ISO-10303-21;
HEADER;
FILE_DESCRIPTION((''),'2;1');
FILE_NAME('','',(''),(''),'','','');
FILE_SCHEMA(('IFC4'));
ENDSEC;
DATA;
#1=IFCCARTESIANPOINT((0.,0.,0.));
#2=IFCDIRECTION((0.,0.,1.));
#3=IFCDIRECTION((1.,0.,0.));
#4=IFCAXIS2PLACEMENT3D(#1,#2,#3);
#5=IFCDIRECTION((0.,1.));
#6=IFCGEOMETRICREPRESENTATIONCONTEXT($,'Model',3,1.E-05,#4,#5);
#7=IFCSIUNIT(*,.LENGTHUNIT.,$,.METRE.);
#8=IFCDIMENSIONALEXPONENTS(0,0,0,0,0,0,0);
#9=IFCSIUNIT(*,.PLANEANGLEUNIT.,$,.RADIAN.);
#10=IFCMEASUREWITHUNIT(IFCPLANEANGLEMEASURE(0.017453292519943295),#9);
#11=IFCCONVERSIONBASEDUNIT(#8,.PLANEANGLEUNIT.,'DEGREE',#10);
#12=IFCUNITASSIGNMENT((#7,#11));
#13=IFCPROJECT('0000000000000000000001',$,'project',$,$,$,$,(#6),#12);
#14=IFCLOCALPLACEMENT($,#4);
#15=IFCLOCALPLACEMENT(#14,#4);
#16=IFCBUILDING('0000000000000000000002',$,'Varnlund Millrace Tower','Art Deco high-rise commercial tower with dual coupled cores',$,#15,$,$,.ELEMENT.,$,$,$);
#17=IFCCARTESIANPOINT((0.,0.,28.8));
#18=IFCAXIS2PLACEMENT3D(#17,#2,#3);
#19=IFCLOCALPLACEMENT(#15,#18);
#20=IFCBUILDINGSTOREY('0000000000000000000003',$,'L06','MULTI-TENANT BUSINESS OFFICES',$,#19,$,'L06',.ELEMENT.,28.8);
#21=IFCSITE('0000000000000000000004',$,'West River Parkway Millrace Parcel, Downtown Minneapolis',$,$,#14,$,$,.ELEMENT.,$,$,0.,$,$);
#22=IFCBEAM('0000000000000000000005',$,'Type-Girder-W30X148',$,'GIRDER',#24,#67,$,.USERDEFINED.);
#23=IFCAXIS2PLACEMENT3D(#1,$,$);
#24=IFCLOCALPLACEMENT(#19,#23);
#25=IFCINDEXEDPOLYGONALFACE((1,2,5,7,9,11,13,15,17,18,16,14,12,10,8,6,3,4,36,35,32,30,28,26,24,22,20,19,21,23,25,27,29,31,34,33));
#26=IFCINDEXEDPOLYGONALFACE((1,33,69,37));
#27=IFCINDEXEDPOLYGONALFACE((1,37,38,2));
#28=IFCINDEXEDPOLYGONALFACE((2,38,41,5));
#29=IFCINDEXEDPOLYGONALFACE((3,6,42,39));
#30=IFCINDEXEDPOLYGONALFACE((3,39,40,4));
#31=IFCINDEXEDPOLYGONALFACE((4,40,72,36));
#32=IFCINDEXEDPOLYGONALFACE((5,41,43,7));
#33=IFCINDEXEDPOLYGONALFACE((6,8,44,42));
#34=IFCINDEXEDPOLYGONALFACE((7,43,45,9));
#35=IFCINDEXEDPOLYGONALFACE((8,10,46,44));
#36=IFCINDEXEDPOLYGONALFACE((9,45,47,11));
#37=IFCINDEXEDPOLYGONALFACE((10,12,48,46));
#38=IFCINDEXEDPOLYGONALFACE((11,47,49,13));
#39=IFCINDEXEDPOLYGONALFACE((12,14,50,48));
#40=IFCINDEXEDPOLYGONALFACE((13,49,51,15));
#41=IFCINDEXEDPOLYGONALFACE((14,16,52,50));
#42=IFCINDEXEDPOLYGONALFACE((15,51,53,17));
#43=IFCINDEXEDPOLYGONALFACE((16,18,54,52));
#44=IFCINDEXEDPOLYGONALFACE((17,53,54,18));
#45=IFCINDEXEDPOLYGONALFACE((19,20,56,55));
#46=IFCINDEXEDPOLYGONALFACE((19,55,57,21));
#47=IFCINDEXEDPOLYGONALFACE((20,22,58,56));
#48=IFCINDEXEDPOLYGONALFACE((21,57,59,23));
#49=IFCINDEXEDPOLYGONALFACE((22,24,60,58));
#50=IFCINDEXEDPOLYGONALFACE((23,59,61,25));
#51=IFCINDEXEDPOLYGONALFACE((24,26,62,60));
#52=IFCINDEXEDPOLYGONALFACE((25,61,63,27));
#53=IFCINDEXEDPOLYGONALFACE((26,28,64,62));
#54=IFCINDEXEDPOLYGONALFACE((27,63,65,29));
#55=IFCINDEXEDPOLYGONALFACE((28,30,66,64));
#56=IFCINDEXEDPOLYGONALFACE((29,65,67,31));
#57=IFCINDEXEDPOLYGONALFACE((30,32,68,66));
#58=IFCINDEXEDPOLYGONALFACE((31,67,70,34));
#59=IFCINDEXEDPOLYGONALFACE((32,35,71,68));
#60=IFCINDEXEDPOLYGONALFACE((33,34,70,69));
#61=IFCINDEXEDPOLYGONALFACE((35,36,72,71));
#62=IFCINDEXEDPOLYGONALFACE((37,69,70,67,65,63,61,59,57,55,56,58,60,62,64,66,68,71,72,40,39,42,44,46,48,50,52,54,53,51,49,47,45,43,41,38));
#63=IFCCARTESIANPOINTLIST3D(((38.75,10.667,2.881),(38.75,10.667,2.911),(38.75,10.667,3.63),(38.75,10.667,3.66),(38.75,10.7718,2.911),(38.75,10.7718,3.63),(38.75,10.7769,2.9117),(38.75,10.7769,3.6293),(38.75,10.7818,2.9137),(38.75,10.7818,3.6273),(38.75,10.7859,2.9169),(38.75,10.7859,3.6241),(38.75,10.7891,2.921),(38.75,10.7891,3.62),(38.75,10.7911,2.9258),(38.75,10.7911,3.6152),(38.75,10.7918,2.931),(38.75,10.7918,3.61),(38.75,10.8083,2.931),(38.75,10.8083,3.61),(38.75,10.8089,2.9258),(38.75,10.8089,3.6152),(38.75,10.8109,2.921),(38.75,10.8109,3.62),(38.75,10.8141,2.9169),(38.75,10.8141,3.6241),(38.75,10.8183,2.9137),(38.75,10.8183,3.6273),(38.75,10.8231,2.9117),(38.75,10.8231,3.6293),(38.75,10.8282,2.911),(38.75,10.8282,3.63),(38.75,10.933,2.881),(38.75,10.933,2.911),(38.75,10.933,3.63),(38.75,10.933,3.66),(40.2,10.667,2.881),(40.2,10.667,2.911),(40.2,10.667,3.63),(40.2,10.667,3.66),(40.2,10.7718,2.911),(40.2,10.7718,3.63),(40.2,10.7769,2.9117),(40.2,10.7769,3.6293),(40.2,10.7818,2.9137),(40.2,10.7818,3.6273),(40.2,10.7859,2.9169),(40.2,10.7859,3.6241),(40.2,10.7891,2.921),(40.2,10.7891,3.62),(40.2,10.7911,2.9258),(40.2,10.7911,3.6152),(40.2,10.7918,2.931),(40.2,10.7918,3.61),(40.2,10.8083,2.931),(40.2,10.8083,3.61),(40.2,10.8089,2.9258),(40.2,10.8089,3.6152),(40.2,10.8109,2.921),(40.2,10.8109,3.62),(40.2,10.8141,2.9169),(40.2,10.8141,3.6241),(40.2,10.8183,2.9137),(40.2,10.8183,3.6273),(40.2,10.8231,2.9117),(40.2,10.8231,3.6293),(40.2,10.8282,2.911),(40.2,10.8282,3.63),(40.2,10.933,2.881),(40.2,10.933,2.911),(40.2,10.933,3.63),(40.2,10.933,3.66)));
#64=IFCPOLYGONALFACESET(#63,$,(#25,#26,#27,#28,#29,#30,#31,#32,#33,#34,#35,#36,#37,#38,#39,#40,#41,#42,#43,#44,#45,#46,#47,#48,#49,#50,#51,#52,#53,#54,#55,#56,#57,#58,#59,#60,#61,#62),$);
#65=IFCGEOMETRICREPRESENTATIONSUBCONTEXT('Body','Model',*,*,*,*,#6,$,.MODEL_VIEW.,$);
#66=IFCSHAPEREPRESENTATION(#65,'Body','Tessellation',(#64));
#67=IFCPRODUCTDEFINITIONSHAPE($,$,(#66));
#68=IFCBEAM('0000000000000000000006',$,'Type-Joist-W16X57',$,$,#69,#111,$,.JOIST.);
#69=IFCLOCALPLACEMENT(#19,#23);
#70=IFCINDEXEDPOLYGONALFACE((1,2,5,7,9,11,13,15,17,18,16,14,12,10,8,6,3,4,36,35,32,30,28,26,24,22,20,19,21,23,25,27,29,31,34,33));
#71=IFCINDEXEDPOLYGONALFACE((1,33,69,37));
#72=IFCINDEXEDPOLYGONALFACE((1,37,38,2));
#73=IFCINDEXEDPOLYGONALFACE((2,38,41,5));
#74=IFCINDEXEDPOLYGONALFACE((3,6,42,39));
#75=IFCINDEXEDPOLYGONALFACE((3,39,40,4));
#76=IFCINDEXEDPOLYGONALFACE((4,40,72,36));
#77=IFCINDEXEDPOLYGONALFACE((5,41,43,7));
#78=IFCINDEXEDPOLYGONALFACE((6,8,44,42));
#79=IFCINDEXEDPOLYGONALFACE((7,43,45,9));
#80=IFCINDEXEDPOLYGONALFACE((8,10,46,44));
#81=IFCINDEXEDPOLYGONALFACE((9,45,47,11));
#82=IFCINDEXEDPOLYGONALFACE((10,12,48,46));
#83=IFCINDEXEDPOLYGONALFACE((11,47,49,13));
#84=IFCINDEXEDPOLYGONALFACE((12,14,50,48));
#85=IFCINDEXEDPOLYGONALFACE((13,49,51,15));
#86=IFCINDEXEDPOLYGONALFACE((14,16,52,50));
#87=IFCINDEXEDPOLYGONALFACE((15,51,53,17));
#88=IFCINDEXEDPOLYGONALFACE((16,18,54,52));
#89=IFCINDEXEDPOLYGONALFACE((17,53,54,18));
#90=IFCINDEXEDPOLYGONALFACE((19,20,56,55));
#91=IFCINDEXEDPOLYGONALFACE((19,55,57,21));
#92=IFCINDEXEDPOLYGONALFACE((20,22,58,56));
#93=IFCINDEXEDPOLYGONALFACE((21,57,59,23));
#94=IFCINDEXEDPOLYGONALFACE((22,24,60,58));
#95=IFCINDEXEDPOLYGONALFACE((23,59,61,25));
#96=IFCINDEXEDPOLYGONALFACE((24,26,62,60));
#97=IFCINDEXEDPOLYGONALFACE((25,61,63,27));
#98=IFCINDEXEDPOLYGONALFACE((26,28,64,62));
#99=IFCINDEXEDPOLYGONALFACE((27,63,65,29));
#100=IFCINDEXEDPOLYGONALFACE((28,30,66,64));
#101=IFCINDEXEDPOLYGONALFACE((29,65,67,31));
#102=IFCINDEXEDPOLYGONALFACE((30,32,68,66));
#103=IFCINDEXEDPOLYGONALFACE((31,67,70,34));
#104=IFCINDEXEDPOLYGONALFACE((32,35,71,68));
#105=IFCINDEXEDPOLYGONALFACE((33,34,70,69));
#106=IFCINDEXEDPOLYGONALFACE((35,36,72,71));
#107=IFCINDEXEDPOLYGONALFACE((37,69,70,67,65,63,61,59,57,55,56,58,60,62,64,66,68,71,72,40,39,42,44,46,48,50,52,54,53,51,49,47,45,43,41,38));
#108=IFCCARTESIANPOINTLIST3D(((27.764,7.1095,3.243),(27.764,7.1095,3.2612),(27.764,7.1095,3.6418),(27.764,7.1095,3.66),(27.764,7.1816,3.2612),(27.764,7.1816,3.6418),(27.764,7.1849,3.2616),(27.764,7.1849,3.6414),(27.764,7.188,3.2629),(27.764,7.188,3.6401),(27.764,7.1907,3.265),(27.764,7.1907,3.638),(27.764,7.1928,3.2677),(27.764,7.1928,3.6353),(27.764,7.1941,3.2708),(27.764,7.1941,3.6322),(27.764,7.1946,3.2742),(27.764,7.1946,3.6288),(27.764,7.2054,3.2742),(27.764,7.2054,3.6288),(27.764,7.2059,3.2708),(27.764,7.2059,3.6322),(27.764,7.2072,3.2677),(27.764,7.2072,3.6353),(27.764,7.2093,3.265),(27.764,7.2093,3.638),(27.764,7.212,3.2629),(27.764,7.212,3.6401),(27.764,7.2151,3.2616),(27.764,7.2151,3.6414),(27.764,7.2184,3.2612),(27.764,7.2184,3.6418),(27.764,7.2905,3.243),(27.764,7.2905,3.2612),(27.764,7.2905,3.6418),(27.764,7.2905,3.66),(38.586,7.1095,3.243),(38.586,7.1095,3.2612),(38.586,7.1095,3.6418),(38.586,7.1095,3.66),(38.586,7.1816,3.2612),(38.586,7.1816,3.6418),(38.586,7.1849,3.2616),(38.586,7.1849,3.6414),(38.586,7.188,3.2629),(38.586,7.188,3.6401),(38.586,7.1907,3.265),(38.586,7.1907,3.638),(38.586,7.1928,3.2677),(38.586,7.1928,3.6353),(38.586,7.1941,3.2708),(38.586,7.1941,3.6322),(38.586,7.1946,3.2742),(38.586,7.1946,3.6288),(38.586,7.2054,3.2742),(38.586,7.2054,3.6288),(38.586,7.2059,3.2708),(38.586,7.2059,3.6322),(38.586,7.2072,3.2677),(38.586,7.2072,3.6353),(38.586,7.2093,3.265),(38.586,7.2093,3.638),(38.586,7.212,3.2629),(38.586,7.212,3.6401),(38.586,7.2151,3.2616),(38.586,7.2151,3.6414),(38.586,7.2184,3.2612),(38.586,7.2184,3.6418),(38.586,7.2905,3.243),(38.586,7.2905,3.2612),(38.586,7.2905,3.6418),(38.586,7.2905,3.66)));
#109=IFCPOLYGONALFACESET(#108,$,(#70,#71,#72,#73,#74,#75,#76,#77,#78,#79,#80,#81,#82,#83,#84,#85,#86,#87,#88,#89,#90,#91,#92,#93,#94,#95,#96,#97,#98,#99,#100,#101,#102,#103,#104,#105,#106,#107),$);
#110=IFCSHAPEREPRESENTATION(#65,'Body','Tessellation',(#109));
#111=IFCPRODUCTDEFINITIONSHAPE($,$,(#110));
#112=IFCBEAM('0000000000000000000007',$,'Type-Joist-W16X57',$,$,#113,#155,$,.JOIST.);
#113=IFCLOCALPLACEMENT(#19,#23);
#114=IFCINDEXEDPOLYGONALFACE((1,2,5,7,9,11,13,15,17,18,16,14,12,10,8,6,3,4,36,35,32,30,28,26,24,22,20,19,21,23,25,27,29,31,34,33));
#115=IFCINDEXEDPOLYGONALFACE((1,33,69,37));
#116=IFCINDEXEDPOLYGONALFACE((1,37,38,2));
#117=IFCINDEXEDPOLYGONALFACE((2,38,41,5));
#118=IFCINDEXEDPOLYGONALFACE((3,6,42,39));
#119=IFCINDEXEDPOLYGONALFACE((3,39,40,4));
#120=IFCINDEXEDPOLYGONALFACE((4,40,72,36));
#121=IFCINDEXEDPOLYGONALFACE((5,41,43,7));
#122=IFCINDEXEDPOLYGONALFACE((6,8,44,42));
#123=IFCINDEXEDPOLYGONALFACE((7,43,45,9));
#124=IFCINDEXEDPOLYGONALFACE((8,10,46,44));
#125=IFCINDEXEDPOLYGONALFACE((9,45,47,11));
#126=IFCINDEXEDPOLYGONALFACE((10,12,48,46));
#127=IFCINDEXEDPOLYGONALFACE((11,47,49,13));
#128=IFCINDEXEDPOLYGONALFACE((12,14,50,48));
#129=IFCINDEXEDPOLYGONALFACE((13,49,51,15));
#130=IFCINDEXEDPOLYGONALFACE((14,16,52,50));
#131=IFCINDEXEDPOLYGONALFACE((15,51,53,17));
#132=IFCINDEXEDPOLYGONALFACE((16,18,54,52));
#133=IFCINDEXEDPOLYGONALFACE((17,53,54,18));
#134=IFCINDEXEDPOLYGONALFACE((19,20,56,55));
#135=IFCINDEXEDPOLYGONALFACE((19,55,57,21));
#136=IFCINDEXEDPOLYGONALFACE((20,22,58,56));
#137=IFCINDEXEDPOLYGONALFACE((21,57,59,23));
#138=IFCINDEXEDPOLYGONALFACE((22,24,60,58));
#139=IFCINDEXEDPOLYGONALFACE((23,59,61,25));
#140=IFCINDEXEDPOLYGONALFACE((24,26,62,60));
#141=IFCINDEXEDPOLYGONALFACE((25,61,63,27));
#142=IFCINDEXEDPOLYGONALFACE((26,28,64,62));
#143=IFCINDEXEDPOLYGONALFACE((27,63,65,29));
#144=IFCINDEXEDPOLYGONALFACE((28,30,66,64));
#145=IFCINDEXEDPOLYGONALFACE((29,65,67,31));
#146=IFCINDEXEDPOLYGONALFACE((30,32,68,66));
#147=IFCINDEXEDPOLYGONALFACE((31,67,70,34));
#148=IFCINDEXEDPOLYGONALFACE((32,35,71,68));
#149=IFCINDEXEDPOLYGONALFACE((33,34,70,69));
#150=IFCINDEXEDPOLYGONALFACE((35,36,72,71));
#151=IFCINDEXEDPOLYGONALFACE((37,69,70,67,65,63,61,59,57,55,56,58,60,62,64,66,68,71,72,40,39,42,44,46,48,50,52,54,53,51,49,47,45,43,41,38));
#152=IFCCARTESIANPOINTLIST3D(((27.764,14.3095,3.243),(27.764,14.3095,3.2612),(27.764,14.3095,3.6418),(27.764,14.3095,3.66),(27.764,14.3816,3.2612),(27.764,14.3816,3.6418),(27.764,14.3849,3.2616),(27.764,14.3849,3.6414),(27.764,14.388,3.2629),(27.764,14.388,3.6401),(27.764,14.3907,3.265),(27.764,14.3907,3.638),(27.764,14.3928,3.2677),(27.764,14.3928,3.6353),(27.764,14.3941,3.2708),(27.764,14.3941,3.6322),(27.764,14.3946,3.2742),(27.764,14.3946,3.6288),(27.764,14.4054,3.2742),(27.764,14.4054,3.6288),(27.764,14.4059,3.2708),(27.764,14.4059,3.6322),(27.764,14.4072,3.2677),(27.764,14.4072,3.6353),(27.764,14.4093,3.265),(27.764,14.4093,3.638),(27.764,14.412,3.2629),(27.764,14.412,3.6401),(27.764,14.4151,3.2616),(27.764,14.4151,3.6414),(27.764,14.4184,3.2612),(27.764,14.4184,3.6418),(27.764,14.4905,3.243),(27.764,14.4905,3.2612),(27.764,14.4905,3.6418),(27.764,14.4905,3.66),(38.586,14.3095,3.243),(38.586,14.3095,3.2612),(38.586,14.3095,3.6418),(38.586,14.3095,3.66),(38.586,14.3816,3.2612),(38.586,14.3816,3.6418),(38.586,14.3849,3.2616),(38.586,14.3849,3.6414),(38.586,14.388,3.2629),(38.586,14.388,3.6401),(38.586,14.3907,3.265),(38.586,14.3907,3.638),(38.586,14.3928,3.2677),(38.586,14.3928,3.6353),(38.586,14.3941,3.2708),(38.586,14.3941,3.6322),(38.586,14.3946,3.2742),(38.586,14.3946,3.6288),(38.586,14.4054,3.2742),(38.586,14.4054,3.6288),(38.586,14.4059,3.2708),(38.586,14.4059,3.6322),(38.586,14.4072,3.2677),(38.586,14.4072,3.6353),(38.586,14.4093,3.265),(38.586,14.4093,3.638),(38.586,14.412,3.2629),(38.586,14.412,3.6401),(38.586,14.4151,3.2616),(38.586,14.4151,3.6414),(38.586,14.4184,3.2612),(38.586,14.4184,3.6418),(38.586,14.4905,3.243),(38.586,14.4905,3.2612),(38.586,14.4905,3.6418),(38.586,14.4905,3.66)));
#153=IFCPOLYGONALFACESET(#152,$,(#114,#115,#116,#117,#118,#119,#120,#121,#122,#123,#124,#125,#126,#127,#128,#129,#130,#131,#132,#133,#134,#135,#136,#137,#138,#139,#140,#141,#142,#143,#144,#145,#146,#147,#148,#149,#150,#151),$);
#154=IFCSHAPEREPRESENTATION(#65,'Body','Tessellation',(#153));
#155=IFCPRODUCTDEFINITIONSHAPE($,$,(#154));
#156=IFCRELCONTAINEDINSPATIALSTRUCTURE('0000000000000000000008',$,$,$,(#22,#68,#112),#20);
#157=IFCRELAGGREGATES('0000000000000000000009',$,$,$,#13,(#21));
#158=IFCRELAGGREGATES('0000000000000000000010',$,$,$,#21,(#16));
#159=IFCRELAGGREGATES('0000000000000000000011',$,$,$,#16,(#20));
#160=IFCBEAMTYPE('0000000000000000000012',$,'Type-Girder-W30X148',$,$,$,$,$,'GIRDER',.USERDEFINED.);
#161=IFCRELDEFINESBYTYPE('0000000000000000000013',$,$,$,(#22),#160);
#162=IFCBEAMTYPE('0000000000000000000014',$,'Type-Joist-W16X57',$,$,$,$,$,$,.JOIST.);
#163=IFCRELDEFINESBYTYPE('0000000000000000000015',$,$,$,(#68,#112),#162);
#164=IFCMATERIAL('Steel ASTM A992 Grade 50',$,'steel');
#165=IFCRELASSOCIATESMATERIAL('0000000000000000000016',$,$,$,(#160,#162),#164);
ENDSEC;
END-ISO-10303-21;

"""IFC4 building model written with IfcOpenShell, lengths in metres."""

from ifc_helpers import new_model, entity, si_unit, converted_unit, direction, frame, origin_with_axes, origin_2d_with_axis, place, context, subcontext, project, spatial, i_section, extrude, material, material_profile, profile_set, type_object, element, save


model = new_model("IFC4")

# Units and contexts
model_context = context("Model", 3, precision=1e-05, world=origin_with_axes(), true_north=direction((0.0, 1.0)))
body_context = subcontext(model_context, "Body", "Model", "MODEL_VIEW")
ifc_project = project(units=[si_unit("LENGTHUNIT", "METRE"), converted_unit("PLANEANGLEUNIT", "DEGREE", entity("IfcPlaneAngleMeasure", 0.017453292519943295), si_unit("PLANEANGLEUNIT", "RADIAN"), dimensions=[0, 0, 0, 0, 0, 0, 0])], contexts=[model_context])

# Site, building, storey
site_placement = place(None, origin_with_axes())
site = spatial("IfcSite", under=ifc_project, at=site_placement, Name="West River Parkway Millrace Parcel, Downtown Minneapolis", CompositionType="ELEMENT", RefElevation=0.0)
building_placement = place(site_placement, origin_with_axes())
building = spatial("IfcBuilding", under=site, at=building_placement, Name="Varnlund Millrace Tower", Description="Art Deco high-rise commercial tower with dual coupled cores", CompositionType="ELEMENT")
storey_placement = place(building_placement, frame((0.0, 0.0, 28.8), z_axis=(0.0, 0.0, 1.0), x_axis=(1.0, 0.0, 0.0)))
storey = spatial("IfcBuildingStorey", under=building, at=storey_placement, Name="L06", Description="MULTI-TENANT BUSINESS OFFICES", LongName="L06", CompositionType="ELEMENT", Elevation=28.8)

# Beams
ifc_material_1 = material(Name="Steel ASTM A992 Grade 50", Category="steel")
ifc_material_profile_1 = material_profile(ifc_material_1, i_section(OverallWidth=0.266, OverallDepth=0.779, WebThickness=0.0165, FlangeThickness=0.03, FilletRadius=0.02, at=origin_2d_with_axis()), Name="Steel ASTM A992 Grade 50")
ifc_profile_set_1 = profile_set([ifc_material_profile_1], Name="Steel ASTM A992 Grade 50")
beam_type_1 = type_object("IfcBeamType", Name="Type-Girder-W30X148", ElementType="GIRDER", PredefinedType="USERDEFINED", material=ifc_profile_set_1)
beam_1_placement = place(storey_placement, frame((38.75, 10.8, 3.2705), z_axis=(1.0, 0.0, 0.0), x_axis=(0.0, 1.0, 0.0)))
element("IfcBeam", 1, at=beam_1_placement, inside=storey, type_object=beam_type_1, Name="Type-Girder-W30X148", ObjectType="GIRDER", PredefinedType="USERDEFINED", context=body_context, shape_type="SweptSolid", body=[
    extrude(i_section(OverallWidth=0.266, OverallDepth=0.779, WebThickness=0.0165, FlangeThickness=0.03, FilletRadius=0.02, at=origin_2d_with_axis()), origin_with_axes(), (0.0, 0.0, 1.0), 1.45),
])
ifc_material_profile_2 = material_profile(ifc_material_1, i_section(OverallWidth=0.181, OverallDepth=0.417, WebThickness=0.0109, FlangeThickness=0.0182, FilletRadius=0.013, at=origin_2d_with_axis()), Name="Steel ASTM A992 Grade 50")
ifc_profile_set_2 = profile_set([ifc_material_profile_2], Name="Steel ASTM A992 Grade 50")
beam_type_2 = type_object("IfcBeamType", Name="Type-Joist-W16X57", PredefinedType="JOIST", material=ifc_profile_set_2)
for number, where, z_axis, x_axis, name in (
    (2, (27.764, 7.2, 3.4515), (1.0, 0.0, 0.0), (0.0, 1.0, 0.0), "Type-Joist-W16X57"),
    (3, (27.764, 14.4, 3.4515), (1.0, 0.0, 0.0), (0.0, 1.0, 0.0), "Type-Joist-W16X57"),
):
    element("IfcBeam", number, at=place(storey_placement, frame(where, z_axis=z_axis, x_axis=x_axis)), inside=storey, type_object=beam_type_2, Name=name, PredefinedType="JOIST", context=body_context, shape_type="SweptSolid", body=[
        extrude(i_section(OverallWidth=0.181, OverallDepth=0.417, WebThickness=0.0109, FlangeThickness=0.0182, FilletRadius=0.013, at=origin_2d_with_axis()), origin_with_axes(), (0.0, 0.0, 1.0), 10.822),
    ])

save(model, "model.ifc")
